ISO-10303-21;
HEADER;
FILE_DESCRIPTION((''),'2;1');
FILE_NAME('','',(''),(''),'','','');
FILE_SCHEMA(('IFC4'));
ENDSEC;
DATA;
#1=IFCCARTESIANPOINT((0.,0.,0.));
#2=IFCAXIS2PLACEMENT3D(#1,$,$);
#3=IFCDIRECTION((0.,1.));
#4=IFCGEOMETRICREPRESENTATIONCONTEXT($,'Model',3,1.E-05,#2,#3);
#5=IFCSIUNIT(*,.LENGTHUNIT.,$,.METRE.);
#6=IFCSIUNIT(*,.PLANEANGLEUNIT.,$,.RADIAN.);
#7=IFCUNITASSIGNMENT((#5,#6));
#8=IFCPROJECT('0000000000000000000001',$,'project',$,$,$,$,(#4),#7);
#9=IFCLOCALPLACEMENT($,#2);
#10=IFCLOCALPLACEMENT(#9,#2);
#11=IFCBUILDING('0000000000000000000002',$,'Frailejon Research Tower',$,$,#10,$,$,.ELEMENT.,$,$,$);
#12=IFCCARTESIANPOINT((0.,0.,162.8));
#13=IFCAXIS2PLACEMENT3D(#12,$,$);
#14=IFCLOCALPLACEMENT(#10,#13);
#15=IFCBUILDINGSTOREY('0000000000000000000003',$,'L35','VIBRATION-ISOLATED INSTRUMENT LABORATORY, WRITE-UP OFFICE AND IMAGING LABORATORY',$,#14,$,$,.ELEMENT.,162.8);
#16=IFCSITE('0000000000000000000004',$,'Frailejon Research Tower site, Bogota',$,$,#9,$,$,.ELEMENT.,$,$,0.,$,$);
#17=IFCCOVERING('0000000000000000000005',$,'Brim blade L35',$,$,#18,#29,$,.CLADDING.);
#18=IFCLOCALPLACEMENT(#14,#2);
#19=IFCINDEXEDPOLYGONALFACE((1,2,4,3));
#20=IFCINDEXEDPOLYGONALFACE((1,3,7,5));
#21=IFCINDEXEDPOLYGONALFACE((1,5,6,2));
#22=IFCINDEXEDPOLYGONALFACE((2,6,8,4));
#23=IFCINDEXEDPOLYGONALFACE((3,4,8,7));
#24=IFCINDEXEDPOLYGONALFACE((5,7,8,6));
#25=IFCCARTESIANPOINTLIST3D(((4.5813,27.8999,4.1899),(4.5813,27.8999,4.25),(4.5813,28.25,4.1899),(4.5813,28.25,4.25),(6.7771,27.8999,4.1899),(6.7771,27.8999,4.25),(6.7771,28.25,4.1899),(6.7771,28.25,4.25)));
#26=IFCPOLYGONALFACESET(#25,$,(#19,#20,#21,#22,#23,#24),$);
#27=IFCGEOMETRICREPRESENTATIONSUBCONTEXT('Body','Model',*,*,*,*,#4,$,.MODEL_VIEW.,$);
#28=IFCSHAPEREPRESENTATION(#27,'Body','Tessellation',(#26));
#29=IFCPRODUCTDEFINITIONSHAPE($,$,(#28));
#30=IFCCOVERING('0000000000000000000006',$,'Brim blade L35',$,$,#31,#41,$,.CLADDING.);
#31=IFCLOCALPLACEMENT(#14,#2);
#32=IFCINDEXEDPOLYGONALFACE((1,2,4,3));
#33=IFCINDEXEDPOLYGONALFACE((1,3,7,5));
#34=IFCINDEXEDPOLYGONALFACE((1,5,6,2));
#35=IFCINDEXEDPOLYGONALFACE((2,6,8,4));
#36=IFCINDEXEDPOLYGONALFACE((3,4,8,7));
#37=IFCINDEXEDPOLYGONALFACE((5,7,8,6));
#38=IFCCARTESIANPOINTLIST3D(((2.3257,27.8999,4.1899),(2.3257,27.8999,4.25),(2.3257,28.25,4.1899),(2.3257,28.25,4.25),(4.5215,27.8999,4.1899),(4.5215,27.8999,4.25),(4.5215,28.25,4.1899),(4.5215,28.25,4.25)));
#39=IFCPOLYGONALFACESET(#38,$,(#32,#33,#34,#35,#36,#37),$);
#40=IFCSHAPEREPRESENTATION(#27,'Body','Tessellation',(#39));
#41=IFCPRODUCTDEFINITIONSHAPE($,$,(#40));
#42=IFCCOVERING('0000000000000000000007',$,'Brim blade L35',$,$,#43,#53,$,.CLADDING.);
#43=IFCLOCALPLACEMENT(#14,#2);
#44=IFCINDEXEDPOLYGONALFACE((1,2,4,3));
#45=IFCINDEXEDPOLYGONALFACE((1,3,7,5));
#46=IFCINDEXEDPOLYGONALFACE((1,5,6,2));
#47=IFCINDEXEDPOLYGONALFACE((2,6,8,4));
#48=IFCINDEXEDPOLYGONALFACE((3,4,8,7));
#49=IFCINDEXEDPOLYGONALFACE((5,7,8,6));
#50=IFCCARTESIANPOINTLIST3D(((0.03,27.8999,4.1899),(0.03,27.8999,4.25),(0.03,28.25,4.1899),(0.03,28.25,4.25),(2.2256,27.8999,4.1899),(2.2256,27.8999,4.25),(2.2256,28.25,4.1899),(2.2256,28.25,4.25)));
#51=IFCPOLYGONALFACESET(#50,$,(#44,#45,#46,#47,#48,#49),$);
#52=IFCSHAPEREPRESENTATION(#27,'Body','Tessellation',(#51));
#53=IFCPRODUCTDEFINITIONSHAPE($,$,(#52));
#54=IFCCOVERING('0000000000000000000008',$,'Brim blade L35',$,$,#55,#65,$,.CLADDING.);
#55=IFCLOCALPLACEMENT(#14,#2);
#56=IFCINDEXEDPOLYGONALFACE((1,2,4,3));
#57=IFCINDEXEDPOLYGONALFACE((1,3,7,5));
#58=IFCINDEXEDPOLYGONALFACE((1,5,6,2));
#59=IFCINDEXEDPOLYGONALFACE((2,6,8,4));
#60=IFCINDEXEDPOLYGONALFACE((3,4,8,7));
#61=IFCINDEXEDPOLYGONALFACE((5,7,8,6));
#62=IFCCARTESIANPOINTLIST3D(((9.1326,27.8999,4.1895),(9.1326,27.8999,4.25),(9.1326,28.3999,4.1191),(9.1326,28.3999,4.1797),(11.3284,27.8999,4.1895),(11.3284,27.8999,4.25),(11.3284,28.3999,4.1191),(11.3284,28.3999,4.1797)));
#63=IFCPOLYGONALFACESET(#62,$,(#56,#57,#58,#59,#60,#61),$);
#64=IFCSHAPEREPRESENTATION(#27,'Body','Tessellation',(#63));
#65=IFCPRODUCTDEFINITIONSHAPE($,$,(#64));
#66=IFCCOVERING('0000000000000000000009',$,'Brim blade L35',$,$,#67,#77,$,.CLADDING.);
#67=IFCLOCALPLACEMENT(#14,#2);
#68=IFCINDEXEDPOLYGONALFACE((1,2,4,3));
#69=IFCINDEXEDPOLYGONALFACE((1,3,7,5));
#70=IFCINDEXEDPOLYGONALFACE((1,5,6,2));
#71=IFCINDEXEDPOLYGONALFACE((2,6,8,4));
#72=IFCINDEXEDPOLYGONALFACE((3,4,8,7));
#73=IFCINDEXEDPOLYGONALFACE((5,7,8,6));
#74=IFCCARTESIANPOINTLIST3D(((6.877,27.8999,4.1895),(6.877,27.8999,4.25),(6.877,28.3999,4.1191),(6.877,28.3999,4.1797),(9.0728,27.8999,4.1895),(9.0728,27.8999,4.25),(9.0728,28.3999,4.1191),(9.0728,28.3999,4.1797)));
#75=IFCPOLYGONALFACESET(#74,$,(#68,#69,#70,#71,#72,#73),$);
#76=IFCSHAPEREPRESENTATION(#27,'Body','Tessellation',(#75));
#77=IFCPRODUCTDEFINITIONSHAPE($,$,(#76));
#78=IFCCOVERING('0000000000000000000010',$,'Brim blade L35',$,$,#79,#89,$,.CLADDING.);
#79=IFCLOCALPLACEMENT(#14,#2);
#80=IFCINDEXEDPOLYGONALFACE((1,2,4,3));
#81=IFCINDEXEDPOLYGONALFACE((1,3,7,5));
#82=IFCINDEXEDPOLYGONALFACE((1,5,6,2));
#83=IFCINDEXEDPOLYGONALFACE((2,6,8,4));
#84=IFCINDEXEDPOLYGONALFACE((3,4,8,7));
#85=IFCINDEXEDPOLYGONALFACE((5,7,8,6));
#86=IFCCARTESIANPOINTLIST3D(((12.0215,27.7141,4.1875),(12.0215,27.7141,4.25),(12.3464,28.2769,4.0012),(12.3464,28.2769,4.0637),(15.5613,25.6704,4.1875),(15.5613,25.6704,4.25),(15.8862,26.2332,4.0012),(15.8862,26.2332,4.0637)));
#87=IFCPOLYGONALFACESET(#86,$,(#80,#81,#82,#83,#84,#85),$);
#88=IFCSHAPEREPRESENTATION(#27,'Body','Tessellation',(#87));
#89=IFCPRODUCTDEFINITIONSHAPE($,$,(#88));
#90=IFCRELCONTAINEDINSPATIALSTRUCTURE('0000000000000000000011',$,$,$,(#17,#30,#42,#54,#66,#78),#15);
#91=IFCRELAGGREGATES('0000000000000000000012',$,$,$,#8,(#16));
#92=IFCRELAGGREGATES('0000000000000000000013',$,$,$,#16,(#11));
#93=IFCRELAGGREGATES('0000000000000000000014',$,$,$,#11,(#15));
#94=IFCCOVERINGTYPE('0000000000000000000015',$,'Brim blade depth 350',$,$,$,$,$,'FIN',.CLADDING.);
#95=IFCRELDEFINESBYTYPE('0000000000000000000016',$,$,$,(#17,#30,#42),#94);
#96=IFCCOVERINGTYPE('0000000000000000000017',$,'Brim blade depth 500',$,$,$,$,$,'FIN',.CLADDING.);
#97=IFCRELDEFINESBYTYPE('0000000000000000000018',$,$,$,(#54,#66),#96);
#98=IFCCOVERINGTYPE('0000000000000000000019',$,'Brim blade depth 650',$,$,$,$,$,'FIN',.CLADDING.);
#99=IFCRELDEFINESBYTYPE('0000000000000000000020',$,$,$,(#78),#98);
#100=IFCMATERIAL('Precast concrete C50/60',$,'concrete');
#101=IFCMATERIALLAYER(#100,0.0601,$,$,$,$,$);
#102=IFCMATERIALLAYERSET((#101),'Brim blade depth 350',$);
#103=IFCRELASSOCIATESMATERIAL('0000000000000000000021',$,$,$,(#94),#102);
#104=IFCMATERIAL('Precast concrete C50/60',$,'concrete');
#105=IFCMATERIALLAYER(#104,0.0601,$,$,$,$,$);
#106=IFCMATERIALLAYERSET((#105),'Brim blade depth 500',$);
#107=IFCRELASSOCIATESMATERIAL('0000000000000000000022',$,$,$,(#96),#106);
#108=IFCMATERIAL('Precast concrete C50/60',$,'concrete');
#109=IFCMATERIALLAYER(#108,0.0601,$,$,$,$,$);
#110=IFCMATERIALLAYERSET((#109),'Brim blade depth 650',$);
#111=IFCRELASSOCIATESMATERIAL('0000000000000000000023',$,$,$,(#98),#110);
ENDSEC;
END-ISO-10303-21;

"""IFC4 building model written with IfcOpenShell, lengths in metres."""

from ifc_helpers import new_model, si_unit, direction, frame, origin, place, context, subcontext, project, spatial, polyline, outline, extrude, material, layer, layer_set, type_object, element, save


model = new_model("IFC4")

# Units and contexts
model_context = context("Model", 3, precision=1e-05, world=origin(), true_north=direction((0.0, 1.0)))
body_context = subcontext(model_context, "Body", "Model", "MODEL_VIEW")
ifc_project = project(units=[si_unit("LENGTHUNIT", "METRE"), si_unit("PLANEANGLEUNIT", "RADIAN")], contexts=[model_context])

# Site, building, storey
site_placement = place(None, origin())
site = spatial("IfcSite", under=ifc_project, at=site_placement, Name="Frailejon Research Tower site, Bogota", CompositionType="ELEMENT", RefElevation=0.0)
building_placement = place(site_placement, origin())
building = spatial("IfcBuilding", under=site, at=building_placement, Name="Frailejon Research Tower", CompositionType="ELEMENT")
storey_placement = place(building_placement, frame((0.0, 0.0, 162.8)))
storey = spatial("IfcBuildingStorey", under=building, at=storey_placement, Name="L35", Description="VIBRATION-ISOLATED INSTRUMENT LABORATORY, WRITE-UP OFFICE AND IMAGING LABORATORY", CompositionType="ELEMENT", Elevation=162.8)

# Coverings
ifc_material_1 = material(Name="Precast concrete C50/60", Category="concrete")
ifc_layer_1 = layer(ifc_material_1, 0.0601)
ifc_layer_set_1 = layer_set([ifc_layer_1], Name="Brim blade depth 350")
covering_type_1 = type_object("IfcCoveringType", Name="Brim blade depth 350", ElementType="FIN", PredefinedType="CLADDING", material=ifc_layer_set_1)
for number, where, z_axis, x_axis, name in (
    (1, (4.5813, 27.8999, 4.25), (1.0, 0.0, 0.0), (0.0, 1.0, 0.0), "Brim blade L35"),
    (2, (2.3257, 27.8999, 4.25), (1.0, 0.0, 0.0), (0.0, 1.0, 0.0), "Brim blade L35"),
):
    element("IfcCovering", number, at=place(storey_placement, frame(where, z_axis=z_axis, x_axis=x_axis)), inside=storey, type_object=covering_type_1, Name=name, PredefinedType="CLADDING", context=body_context, shape_type="SweptSolid", body=[
        extrude(outline(polyline([(0.0, -0.0601), (0.3501, -0.0601), (0.3501, 0.0), (0.0, 0.0), (0.0, -0.0601)])), origin(), (0.0, 0.0, 1.0), 2.1958),
    ])
covering_1_placement = place(storey_placement, frame((0.03, 27.8999, 4.25), z_axis=(1.0, 0.0, 0.0), x_axis=(0.0, 1.0, 0.0)))
element("IfcCovering", 3, at=covering_1_placement, inside=storey, type_object=covering_type_1, Name="Brim blade L35", PredefinedType="CLADDING", context=body_context, shape_type="SweptSolid", body=[
    extrude(outline(polyline([(0.0, -0.0601), (0.3501, -0.0601), (0.3501, 0.0), (0.0, 0.0), (0.0, -0.0601)])), origin(), (0.0, 0.0, 1.0), 2.1956),
])
ifc_material_2 = material(Name="Precast concrete C50/60", Category="concrete")
ifc_layer_2 = layer(ifc_material_2, 0.0601)
ifc_layer_set_2 = layer_set([ifc_layer_2], Name="Brim blade depth 500")
covering_type_2 = type_object("IfcCoveringType", Name="Brim blade depth 500", ElementType="FIN", PredefinedType="CLADDING", material=ifc_layer_set_2)
for number, where, z_axis, x_axis, name in (
    (4, (9.1326, 27.8999, 4.25), (1.0, 0.0, 0.0), (0.0, 1.0, 0.0), "Brim blade L35"),
    (5, (6.877, 27.8999, 4.25), (1.0, 0.0, 0.0), (0.0, 1.0, 0.0), "Brim blade L35"),
):
    element("IfcCovering", number, at=place(storey_placement, frame(where, z_axis=z_axis, x_axis=x_axis)), inside=storey, type_object=covering_type_2, Name=name, PredefinedType="CLADDING", context=body_context, shape_type="SweptSolid", body=[
        extrude(outline(polyline([(0.0, -0.0605), (0.5, -0.1309), (0.5, -0.0703), (0.0, 0.0), (0.0, -0.0605)])), origin(), (0.0, 0.0, 1.0), 2.1958),
    ])
ifc_material_3 = material(Name="Precast concrete C50/60", Category="concrete")
ifc_layer_3 = layer(ifc_material_3, 0.0601)
ifc_layer_set_3 = layer_set([ifc_layer_3], Name="Brim blade depth 650")
covering_type_3 = type_object("IfcCoveringType", Name="Brim blade depth 650", ElementType="FIN", PredefinedType="CLADDING", material=ifc_layer_set_3)
covering_2_placement = place(storey_placement, frame((12.0215, 27.7141, 4.25), z_axis=(0.866021, -0.500007, 0.0), x_axis=(0.500007, 0.866021, 0.0)))
element("IfcCovering", 6, at=covering_2_placement, inside=storey, type_object=covering_type_3, Name="Brim blade L35", PredefinedType="CLADDING", context=body_context, shape_type="SweptSolid", body=[
    extrude(outline(polyline([(0.0, -0.0625), (0.6499, -0.2488), (0.6499, -0.1863), (0.0, 0.0), (0.0, -0.0625)])), origin(), (0.0, 0.0, 1.0), 4.0874),
])

save(model, "model.ifc")
